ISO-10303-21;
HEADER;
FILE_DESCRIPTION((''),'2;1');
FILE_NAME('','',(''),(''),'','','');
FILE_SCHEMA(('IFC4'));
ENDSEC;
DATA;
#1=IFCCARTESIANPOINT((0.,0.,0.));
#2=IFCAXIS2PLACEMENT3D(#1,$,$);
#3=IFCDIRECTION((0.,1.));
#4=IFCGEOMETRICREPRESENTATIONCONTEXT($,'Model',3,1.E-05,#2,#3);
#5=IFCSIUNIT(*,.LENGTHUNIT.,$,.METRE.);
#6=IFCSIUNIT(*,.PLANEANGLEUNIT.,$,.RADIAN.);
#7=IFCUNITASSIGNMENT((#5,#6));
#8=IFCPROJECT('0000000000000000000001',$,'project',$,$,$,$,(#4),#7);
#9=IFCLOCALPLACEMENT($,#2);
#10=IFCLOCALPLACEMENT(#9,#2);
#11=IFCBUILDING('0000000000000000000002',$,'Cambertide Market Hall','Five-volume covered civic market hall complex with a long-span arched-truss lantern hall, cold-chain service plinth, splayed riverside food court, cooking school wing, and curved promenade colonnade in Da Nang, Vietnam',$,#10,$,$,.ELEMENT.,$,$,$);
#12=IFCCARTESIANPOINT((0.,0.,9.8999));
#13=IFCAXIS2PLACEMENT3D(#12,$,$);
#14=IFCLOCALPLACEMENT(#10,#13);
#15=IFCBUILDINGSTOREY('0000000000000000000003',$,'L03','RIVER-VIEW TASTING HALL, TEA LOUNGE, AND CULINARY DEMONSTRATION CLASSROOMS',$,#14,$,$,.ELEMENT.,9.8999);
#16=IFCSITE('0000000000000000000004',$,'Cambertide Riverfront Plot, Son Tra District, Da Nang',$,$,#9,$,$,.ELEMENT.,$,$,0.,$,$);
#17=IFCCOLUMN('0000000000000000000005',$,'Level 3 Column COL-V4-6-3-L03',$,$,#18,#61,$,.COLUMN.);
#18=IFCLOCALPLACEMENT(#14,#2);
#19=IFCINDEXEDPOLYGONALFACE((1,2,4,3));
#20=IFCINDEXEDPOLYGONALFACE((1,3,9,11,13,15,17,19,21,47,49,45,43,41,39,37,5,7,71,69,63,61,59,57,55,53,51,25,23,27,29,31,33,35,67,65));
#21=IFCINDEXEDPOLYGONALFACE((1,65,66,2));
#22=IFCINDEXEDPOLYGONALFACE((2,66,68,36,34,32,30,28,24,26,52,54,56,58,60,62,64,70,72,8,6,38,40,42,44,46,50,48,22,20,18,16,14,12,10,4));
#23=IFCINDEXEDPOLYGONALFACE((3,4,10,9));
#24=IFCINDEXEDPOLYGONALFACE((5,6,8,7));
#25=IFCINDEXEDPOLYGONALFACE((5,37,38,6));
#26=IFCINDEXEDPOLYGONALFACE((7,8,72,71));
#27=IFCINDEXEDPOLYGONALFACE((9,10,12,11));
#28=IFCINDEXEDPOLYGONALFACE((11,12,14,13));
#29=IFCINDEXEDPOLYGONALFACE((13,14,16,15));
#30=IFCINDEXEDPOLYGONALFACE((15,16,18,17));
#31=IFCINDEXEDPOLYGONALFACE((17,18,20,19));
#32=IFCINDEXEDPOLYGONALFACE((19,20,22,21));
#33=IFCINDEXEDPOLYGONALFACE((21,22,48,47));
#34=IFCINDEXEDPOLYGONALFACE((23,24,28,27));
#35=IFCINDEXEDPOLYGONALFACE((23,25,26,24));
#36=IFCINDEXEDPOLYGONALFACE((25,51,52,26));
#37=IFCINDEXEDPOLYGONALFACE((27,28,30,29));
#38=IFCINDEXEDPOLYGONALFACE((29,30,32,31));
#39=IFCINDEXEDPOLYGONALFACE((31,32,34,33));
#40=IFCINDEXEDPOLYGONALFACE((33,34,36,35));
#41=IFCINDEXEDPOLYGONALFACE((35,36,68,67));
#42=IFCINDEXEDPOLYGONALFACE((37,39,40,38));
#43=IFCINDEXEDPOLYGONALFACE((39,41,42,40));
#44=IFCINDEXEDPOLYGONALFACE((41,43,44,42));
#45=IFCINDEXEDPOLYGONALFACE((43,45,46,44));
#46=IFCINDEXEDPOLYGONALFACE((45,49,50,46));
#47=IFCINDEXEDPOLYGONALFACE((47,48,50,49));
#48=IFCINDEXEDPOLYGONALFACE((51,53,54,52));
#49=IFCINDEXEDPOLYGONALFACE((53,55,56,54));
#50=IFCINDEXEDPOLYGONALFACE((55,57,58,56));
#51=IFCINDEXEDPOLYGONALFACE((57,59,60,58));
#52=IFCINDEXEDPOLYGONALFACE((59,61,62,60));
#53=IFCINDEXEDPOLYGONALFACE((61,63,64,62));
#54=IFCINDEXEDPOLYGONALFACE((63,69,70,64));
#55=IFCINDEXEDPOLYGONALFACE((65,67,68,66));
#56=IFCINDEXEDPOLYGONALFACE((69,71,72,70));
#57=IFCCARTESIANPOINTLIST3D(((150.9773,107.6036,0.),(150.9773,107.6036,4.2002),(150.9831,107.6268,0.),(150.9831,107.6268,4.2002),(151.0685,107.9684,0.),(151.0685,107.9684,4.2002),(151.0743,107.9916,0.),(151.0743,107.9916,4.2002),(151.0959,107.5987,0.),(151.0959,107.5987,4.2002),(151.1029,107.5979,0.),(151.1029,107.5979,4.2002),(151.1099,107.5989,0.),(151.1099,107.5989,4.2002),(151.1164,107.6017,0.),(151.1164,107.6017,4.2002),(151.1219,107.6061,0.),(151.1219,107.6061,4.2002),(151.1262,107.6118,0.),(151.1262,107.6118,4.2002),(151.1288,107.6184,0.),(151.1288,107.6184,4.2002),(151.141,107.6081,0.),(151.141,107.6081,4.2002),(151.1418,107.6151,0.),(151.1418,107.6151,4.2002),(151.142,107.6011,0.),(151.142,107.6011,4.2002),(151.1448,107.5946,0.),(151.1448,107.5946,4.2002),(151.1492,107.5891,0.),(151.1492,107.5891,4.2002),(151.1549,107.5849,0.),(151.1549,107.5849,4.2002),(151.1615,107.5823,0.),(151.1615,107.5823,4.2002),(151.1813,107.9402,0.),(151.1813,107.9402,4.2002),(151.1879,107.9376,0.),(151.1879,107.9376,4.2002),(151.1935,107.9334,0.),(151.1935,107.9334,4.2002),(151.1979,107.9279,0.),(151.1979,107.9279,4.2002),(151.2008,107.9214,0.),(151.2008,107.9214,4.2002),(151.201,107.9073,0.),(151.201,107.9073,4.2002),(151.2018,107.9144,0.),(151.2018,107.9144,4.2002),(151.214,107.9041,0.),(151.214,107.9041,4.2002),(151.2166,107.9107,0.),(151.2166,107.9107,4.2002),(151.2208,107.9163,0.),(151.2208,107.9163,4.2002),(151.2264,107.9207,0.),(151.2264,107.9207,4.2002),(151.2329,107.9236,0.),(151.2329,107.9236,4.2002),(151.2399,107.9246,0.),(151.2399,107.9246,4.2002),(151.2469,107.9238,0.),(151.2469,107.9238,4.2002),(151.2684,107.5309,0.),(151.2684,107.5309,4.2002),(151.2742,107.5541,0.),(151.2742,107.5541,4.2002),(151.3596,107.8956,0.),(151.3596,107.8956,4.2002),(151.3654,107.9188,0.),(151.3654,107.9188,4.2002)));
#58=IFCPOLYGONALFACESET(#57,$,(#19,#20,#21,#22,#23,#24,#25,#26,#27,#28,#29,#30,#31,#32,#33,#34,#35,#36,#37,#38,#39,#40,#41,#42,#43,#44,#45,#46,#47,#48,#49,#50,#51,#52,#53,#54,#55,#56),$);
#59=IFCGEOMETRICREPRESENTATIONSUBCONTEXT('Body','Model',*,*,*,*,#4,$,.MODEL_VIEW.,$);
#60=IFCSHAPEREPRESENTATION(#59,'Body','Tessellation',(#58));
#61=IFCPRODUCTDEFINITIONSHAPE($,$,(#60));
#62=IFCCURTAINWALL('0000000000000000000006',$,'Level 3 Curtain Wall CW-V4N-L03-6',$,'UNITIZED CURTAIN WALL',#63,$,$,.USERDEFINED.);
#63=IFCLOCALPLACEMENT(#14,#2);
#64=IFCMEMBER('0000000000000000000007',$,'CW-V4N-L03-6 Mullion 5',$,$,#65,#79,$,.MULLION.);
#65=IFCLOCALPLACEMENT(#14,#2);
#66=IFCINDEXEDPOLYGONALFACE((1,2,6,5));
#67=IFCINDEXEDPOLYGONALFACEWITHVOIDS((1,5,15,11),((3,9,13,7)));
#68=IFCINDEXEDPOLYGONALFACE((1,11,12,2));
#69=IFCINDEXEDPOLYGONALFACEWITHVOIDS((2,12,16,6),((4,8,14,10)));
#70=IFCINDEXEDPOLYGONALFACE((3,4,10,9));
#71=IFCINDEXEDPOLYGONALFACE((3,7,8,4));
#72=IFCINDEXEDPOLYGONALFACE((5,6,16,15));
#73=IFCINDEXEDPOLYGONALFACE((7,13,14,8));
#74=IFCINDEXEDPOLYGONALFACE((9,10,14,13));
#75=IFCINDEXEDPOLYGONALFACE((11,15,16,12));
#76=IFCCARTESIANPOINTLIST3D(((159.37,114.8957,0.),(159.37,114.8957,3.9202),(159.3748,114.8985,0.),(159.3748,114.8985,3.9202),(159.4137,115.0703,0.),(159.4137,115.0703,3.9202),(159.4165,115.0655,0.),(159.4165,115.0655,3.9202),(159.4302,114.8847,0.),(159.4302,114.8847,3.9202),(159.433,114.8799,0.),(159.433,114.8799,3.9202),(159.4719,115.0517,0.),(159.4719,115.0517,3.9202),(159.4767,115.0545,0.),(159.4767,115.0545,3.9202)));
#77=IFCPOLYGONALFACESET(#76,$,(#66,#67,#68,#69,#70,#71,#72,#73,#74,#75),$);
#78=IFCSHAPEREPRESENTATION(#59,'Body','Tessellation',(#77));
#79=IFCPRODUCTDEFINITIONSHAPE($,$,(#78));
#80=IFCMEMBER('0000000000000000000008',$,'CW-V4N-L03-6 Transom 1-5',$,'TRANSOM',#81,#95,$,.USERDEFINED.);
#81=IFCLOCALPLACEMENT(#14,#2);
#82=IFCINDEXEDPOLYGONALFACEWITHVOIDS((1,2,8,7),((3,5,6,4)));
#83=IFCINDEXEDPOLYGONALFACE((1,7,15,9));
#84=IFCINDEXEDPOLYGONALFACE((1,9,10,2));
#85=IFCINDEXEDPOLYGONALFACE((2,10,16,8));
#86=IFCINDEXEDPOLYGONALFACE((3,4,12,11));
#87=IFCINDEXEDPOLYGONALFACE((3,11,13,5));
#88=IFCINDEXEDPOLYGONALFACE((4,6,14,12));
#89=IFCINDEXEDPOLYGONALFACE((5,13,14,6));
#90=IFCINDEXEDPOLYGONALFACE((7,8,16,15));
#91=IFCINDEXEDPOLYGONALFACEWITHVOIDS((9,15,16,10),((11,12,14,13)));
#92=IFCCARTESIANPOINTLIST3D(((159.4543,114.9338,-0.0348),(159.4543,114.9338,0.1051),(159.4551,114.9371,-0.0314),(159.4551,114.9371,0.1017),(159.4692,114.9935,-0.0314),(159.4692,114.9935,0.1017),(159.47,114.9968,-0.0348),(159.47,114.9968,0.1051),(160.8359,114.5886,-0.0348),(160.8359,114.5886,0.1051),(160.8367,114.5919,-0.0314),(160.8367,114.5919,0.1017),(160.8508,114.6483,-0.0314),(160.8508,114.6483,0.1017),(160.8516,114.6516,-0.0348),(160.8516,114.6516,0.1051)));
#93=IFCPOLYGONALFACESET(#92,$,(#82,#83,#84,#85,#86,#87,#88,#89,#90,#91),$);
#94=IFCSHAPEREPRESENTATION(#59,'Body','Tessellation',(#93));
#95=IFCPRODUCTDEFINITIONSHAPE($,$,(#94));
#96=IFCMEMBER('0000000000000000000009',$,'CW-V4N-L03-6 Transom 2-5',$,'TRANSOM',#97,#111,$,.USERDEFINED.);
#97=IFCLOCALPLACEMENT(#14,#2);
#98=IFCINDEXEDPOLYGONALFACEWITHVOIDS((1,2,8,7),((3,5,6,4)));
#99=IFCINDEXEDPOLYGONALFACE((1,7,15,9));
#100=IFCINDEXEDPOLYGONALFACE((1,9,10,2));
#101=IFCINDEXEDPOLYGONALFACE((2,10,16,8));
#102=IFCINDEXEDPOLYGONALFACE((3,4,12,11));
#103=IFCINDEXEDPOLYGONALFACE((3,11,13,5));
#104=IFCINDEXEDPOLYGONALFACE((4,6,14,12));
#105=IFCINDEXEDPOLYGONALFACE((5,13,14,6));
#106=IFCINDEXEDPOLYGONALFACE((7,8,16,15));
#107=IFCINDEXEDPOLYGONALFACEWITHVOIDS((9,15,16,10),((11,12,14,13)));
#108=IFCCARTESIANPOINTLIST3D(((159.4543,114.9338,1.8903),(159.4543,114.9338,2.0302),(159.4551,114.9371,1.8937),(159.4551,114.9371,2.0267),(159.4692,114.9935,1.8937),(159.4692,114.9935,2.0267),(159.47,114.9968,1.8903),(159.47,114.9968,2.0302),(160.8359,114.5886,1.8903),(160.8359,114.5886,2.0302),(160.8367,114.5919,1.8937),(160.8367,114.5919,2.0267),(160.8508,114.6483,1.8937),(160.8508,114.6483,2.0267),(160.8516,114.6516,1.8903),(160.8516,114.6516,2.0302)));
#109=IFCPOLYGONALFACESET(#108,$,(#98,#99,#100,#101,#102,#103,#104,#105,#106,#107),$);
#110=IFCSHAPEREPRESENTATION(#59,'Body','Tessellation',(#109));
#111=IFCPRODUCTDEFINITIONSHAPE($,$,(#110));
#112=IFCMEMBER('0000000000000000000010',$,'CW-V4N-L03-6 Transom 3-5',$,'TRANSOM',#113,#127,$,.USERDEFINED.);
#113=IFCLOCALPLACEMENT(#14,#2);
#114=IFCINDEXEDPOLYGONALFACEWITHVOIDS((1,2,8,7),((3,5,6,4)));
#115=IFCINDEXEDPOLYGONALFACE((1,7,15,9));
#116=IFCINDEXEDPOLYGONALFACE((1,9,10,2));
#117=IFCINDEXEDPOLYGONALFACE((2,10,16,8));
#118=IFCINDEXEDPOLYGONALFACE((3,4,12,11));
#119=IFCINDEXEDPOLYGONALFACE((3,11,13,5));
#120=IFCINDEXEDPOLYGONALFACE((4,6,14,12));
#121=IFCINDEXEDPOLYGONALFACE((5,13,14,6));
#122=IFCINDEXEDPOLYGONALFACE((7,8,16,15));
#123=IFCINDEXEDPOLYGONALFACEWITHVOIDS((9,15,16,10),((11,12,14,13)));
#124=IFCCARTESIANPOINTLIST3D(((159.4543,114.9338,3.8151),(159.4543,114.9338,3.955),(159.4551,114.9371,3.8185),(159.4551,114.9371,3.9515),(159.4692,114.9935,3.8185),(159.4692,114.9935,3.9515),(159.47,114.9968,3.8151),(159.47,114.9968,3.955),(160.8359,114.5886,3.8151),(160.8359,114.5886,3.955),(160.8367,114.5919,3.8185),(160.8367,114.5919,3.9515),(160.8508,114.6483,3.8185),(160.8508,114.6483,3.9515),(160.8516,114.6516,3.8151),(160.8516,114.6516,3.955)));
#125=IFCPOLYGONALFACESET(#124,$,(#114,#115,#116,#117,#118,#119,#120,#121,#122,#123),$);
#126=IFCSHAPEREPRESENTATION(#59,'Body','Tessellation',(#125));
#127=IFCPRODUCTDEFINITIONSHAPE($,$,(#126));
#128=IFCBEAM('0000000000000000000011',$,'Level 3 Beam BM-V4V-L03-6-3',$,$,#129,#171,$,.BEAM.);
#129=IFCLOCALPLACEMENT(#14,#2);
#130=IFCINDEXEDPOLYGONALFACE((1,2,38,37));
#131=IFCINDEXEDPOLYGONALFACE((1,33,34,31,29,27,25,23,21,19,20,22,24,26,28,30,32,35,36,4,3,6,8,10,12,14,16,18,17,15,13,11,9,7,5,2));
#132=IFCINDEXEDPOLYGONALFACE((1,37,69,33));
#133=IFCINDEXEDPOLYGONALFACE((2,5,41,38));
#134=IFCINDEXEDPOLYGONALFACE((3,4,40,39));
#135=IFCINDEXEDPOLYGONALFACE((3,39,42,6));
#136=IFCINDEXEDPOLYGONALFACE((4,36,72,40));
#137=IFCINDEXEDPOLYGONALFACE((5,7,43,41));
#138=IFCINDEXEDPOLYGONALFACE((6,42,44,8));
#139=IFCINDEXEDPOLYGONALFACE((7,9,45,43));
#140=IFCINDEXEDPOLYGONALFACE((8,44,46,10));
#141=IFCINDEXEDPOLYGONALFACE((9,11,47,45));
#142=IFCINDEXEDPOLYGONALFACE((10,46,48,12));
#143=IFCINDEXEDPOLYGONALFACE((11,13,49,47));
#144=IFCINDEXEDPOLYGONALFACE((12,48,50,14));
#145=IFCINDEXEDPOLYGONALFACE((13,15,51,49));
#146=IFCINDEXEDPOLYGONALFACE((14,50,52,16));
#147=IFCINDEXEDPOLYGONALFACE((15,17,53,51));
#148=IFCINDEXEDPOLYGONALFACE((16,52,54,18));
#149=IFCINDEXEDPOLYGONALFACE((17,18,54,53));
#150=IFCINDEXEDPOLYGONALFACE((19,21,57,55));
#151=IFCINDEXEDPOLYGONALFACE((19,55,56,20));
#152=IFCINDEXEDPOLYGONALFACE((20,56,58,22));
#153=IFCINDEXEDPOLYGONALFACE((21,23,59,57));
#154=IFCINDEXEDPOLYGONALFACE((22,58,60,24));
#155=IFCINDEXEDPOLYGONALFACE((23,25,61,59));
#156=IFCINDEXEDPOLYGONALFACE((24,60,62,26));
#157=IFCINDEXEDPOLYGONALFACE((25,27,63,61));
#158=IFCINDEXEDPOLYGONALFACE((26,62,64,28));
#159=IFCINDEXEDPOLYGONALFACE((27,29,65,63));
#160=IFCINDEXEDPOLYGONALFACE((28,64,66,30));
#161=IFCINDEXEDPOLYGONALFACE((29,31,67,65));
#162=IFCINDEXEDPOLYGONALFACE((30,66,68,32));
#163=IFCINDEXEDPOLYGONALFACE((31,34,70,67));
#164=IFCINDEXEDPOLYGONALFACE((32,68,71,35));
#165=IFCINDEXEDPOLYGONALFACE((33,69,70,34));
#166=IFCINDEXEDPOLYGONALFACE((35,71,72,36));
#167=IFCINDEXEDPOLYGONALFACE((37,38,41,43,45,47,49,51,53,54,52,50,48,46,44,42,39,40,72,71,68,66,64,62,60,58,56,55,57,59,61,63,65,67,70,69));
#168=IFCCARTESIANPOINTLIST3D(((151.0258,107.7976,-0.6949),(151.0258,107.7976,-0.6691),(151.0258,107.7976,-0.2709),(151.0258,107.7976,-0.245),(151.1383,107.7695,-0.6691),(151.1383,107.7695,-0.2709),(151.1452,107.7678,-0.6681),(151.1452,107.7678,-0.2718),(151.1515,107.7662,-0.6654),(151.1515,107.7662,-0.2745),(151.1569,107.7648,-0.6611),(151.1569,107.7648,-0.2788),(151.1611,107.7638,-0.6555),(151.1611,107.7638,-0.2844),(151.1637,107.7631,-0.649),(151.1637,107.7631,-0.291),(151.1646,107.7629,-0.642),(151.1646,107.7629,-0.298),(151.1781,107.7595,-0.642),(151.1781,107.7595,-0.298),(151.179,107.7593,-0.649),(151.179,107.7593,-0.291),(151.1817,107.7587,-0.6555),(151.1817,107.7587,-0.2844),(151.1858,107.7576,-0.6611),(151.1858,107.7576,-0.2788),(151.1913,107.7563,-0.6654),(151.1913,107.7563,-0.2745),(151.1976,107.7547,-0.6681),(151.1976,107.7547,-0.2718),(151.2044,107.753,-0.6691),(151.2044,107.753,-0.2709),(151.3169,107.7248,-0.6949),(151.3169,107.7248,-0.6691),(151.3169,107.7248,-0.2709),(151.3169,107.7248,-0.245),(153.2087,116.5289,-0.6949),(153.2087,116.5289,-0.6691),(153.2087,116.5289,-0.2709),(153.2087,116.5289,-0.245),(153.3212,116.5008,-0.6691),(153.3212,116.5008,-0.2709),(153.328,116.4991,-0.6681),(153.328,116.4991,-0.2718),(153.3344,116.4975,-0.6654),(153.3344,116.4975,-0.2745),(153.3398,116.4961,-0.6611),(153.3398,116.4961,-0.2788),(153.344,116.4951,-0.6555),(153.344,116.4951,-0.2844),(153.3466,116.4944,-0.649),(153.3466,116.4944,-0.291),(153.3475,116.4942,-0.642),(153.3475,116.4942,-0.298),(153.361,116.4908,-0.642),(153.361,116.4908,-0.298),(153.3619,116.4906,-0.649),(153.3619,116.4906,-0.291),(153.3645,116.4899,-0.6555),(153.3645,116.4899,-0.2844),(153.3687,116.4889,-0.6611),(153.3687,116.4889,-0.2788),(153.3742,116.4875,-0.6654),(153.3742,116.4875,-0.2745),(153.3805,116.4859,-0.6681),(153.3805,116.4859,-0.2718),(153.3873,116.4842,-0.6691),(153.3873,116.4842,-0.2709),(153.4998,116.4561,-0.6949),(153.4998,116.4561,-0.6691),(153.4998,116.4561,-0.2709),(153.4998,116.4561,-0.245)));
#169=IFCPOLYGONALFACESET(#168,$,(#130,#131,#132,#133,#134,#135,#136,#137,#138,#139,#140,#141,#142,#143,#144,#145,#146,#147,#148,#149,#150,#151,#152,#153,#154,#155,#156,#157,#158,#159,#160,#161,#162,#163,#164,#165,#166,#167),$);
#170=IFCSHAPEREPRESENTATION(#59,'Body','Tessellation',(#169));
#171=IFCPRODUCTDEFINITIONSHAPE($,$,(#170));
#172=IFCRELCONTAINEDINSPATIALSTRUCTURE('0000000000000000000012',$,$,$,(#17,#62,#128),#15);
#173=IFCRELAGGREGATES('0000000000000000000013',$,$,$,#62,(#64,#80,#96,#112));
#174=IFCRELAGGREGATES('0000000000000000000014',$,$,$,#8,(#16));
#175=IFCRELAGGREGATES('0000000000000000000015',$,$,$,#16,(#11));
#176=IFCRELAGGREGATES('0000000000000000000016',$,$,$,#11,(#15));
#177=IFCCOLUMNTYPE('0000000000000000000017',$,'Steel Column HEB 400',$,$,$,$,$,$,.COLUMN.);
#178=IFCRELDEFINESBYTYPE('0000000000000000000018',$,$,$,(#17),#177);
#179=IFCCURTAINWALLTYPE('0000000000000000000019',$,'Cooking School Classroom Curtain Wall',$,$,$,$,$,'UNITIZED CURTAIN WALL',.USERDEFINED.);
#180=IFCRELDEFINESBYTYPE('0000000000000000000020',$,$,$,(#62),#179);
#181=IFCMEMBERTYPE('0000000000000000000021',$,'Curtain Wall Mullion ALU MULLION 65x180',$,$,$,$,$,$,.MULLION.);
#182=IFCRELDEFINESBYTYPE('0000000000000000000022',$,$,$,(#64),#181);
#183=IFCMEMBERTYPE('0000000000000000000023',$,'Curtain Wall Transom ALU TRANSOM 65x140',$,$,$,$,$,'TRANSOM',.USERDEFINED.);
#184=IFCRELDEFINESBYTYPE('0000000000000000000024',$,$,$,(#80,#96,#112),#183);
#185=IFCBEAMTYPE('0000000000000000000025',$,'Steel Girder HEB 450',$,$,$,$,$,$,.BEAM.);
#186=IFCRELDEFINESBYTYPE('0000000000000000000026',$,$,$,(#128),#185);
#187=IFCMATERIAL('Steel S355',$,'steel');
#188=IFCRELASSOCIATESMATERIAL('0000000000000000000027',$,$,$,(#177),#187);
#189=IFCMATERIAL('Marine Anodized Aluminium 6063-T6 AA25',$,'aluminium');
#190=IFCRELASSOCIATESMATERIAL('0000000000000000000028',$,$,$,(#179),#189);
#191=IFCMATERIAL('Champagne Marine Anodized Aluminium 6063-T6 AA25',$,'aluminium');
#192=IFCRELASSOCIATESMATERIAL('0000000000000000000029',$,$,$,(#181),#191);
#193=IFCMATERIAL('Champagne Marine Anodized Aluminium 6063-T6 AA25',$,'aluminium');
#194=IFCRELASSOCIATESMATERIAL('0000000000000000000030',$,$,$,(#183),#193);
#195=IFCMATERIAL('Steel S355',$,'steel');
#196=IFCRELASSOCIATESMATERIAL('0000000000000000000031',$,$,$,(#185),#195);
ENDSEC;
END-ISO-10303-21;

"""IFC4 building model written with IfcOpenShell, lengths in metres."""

from ifc_helpers import new_model, si_unit, direction, frame, origin, origin_2d, place, context, subcontext, project, spatial, hollow_rectangle, i_section, extrude, material, material_profile, profile_set, type_object, element, aggregate, save


model = new_model("IFC4")

# Units and contexts
model_context = context("Model", 3, precision=1e-05, world=origin(), true_north=direction((0.0, 1.0)))
body_context = subcontext(model_context, "Body", "Model", "MODEL_VIEW")
ifc_project = project(units=[si_unit("LENGTHUNIT", "METRE"), si_unit("PLANEANGLEUNIT", "RADIAN")], contexts=[model_context])

# Site, building, storey
site_placement = place(None, origin())
site = spatial("IfcSite", under=ifc_project, at=site_placement, Name="Cambertide Riverfront Plot, Son Tra District, Da Nang", CompositionType="ELEMENT", RefElevation=0.0)
building_placement = place(site_placement, origin())
building = spatial("IfcBuilding", under=site, at=building_placement, Name="Cambertide Market Hall", Description="Five-volume covered civic market hall complex with a long-span arched-truss lantern hall, cold-chain service plinth, splayed riverside food court, cooking school wing, and curved promenade colonnade in Da Nang, Vietnam", CompositionType="ELEMENT")
storey_placement = place(building_placement, frame((0.0, 0.0, 9.8999)))
storey = spatial("IfcBuildingStorey", under=building, at=storey_placement, Name="L03", Description="RIVER-VIEW TASTING HALL, TEA LOUNGE, AND CULINARY DEMONSTRATION CLASSROOMS", CompositionType="ELEMENT", Elevation=9.8999)

# Column
ifc_material_1 = material(Name="Steel S355", Category="steel")
ifc_material_profile_1 = material_profile(ifc_material_1, i_section(OverallWidth=0.3, OverallDepth=0.3999, WebThickness=0.0134, FlangeThickness=0.0239, FilletRadius=0.0271, at=origin_2d()), Name="HEB 400")
ifc_profile_set_1 = profile_set([ifc_material_profile_1], Name="Steel S355")
column_type = type_object("IfcColumnType", Name="Steel Column HEB 400", PredefinedType="COLUMN", material=ifc_profile_set_1)
column_placement = place(storey_placement, frame((151.1714, 107.7612, 0.0), z_axis=(0.0, 0.0, 1.0), x_axis=(0.970143, -0.242536, 0.0)))
element("IfcColumn", 1, at=column_placement, inside=storey, type_object=column_type, Name="Level 3 Column COL-V4-6-3-L03", PredefinedType="COLUMN", context=body_context, shape_type="SweptSolid", body=[
    extrude(i_section(OverallWidth=0.3, OverallDepth=0.3999, WebThickness=0.0134, FlangeThickness=0.0239, FilletRadius=0.0271, at=origin_2d()), origin(), (0.0, 0.0, 1.0), 4.2002),
])

# Curtain wall, members
ifc_material_2 = material(Name="Marine Anodized Aluminium 6063-T6 AA25", Category="aluminium")
curtain_wall_type = type_object("IfcCurtainWallType", Name="Cooking School Classroom Curtain Wall", ElementType="UNITIZED CURTAIN WALL", PredefinedType="USERDEFINED", material=ifc_material_2)
curtain_wall_placement = place(storey_placement, origin())
curtain_wall = element("IfcCurtainWall", 2, at=curtain_wall_placement, inside=storey, type_object=curtain_wall_type, Name="Level 3 Curtain Wall CW-V4N-L03-6", ObjectType="UNITIZED CURTAIN WALL", PredefinedType="USERDEFINED")
ifc_material_3 = material(Name="Champagne Marine Anodized Aluminium 6063-T6 AA25", Category="aluminium")
ifc_material_profile_2 = material_profile(ifc_material_3, hollow_rectangle(XDim=0.0649, YDim=0.1799, WallThickness=0.0039, at=origin_2d()), Name="ALU MULLION 65x180")
ifc_profile_set_2 = profile_set([ifc_material_profile_2], Name="Champagne Marine Anodized Aluminium 6063-T6 AA25")
member_type_1 = type_object("IfcMemberType", Name="Curtain Wall Mullion ALU MULLION 65x180", PredefinedType="MULLION", material=ifc_profile_set_2)
member_1_placement = place(storey_placement, frame((159.4233, 114.9751, 0.0), z_axis=(0.0, 0.0, 1.0), x_axis=(0.970143, -0.242536, 0.0)))
member_1 = element("IfcMember", 3, at=member_1_placement, type_object=member_type_1, Name="CW-V4N-L03-6 Mullion 5", PredefinedType="MULLION", context=body_context, shape_type="SweptSolid", body=[
    extrude(hollow_rectangle(XDim=0.0649, YDim=0.1799, WallThickness=0.0039, at=origin_2d()), origin(), (0.0, 0.0, 1.0), 3.9202),
])
ifc_material_4 = material(Name="Champagne Marine Anodized Aluminium 6063-T6 AA25", Category="aluminium")
ifc_material_profile_3 = material_profile(ifc_material_4, hollow_rectangle(XDim=0.0649, YDim=0.1399, WallThickness=0.0034, at=origin_2d()), Name="ALU TRANSOM 65x140")
ifc_profile_set_3 = profile_set([ifc_material_profile_3], Name="Champagne Marine Anodized Aluminium 6063-T6 AA25")
member_type_2 = type_object("IfcMemberType", Name="Curtain Wall Transom ALU TRANSOM 65x140", ElementType="TRANSOM", PredefinedType="USERDEFINED", material=ifc_profile_set_3)
member_2_placement = place(storey_placement, frame((159.4622, 114.9653, 0.0352), z_axis=(0.970173, -0.242415, 0.0), x_axis=(0.242415, 0.970173, 0.0)))
member_2 = element("IfcMember", 4, at=member_2_placement, type_object=member_type_2, Name="CW-V4N-L03-6 Transom 1-5", ObjectType="TRANSOM", PredefinedType="USERDEFINED", context=body_context, shape_type="SweptSolid", body=[
    extrude(hollow_rectangle(XDim=0.0649, YDim=0.1399, WallThickness=0.0034, at=origin_2d()), origin(), (0.0, 0.0, 1.0), 1.4241),
])
member_3_placement = place(storey_placement, frame((159.4622, 114.9653, 1.9602), z_axis=(0.970173, -0.242415, 0.0), x_axis=(0.242415, 0.970173, 0.0)))
member_3 = element("IfcMember", 5, at=member_3_placement, type_object=member_type_2, Name="CW-V4N-L03-6 Transom 2-5", ObjectType="TRANSOM", PredefinedType="USERDEFINED", context=body_context, shape_type="SweptSolid", body=[
    extrude(hollow_rectangle(XDim=0.0649, YDim=0.1399, WallThickness=0.0034, at=origin_2d()), origin(), (0.0, 0.0, 1.0), 1.4241),
])
member_4_placement = place(storey_placement, frame((159.4622, 114.9653, 3.885), z_axis=(0.970173, -0.242415, 0.0), x_axis=(0.242415, 0.970173, 0.0)))
member_4 = element("IfcMember", 6, at=member_4_placement, type_object=member_type_2, Name="CW-V4N-L03-6 Transom 3-5", ObjectType="TRANSOM", PredefinedType="USERDEFINED", context=body_context, shape_type="SweptSolid", body=[
    extrude(hollow_rectangle(XDim=0.0649, YDim=0.1399, WallThickness=0.0034, at=origin_2d()), origin(), (0.0, 0.0, 1.0), 1.4241),
])

# Beam
ifc_material_5 = material(Name="Steel S355", Category="steel")
ifc_material_profile_4 = material_profile(ifc_material_5, i_section(OverallWidth=0.3, OverallDepth=0.45, WebThickness=0.0139, FlangeThickness=0.0259, FilletRadius=0.0271, at=origin_2d()), Name="HEB 450")
ifc_profile_set_4 = profile_set([ifc_material_profile_4], Name="Steel S355")
beam_type_1 = type_object("IfcBeamType", Name="Steel Girder HEB 450", PredefinedType="BEAM", material=ifc_profile_set_4)
beam_1_placement = place(storey_placement, frame((151.1714, 107.7612, -0.47), z_axis=(0.242542, 0.970141, 0.0), x_axis=(-0.970141, 0.242542, 0.0)))
element("IfcBeam", 7, at=beam_1_placement, inside=storey, type_object=beam_type_1, Name="Level 3 Beam BM-V4V-L03-6-3", PredefinedType="BEAM", context=body_context, shape_type="SweptSolid", body=[
    extrude(i_section(OverallWidth=0.3, OverallDepth=0.45, WebThickness=0.0139, FlangeThickness=0.0259, FilletRadius=0.0271, at=origin_2d()), origin(), (0.0, 0.0, 1.0), 9.0),
])

aggregate(curtain_wall, [member_1, member_2, member_3, member_4])

save(model, "model.ifc")
